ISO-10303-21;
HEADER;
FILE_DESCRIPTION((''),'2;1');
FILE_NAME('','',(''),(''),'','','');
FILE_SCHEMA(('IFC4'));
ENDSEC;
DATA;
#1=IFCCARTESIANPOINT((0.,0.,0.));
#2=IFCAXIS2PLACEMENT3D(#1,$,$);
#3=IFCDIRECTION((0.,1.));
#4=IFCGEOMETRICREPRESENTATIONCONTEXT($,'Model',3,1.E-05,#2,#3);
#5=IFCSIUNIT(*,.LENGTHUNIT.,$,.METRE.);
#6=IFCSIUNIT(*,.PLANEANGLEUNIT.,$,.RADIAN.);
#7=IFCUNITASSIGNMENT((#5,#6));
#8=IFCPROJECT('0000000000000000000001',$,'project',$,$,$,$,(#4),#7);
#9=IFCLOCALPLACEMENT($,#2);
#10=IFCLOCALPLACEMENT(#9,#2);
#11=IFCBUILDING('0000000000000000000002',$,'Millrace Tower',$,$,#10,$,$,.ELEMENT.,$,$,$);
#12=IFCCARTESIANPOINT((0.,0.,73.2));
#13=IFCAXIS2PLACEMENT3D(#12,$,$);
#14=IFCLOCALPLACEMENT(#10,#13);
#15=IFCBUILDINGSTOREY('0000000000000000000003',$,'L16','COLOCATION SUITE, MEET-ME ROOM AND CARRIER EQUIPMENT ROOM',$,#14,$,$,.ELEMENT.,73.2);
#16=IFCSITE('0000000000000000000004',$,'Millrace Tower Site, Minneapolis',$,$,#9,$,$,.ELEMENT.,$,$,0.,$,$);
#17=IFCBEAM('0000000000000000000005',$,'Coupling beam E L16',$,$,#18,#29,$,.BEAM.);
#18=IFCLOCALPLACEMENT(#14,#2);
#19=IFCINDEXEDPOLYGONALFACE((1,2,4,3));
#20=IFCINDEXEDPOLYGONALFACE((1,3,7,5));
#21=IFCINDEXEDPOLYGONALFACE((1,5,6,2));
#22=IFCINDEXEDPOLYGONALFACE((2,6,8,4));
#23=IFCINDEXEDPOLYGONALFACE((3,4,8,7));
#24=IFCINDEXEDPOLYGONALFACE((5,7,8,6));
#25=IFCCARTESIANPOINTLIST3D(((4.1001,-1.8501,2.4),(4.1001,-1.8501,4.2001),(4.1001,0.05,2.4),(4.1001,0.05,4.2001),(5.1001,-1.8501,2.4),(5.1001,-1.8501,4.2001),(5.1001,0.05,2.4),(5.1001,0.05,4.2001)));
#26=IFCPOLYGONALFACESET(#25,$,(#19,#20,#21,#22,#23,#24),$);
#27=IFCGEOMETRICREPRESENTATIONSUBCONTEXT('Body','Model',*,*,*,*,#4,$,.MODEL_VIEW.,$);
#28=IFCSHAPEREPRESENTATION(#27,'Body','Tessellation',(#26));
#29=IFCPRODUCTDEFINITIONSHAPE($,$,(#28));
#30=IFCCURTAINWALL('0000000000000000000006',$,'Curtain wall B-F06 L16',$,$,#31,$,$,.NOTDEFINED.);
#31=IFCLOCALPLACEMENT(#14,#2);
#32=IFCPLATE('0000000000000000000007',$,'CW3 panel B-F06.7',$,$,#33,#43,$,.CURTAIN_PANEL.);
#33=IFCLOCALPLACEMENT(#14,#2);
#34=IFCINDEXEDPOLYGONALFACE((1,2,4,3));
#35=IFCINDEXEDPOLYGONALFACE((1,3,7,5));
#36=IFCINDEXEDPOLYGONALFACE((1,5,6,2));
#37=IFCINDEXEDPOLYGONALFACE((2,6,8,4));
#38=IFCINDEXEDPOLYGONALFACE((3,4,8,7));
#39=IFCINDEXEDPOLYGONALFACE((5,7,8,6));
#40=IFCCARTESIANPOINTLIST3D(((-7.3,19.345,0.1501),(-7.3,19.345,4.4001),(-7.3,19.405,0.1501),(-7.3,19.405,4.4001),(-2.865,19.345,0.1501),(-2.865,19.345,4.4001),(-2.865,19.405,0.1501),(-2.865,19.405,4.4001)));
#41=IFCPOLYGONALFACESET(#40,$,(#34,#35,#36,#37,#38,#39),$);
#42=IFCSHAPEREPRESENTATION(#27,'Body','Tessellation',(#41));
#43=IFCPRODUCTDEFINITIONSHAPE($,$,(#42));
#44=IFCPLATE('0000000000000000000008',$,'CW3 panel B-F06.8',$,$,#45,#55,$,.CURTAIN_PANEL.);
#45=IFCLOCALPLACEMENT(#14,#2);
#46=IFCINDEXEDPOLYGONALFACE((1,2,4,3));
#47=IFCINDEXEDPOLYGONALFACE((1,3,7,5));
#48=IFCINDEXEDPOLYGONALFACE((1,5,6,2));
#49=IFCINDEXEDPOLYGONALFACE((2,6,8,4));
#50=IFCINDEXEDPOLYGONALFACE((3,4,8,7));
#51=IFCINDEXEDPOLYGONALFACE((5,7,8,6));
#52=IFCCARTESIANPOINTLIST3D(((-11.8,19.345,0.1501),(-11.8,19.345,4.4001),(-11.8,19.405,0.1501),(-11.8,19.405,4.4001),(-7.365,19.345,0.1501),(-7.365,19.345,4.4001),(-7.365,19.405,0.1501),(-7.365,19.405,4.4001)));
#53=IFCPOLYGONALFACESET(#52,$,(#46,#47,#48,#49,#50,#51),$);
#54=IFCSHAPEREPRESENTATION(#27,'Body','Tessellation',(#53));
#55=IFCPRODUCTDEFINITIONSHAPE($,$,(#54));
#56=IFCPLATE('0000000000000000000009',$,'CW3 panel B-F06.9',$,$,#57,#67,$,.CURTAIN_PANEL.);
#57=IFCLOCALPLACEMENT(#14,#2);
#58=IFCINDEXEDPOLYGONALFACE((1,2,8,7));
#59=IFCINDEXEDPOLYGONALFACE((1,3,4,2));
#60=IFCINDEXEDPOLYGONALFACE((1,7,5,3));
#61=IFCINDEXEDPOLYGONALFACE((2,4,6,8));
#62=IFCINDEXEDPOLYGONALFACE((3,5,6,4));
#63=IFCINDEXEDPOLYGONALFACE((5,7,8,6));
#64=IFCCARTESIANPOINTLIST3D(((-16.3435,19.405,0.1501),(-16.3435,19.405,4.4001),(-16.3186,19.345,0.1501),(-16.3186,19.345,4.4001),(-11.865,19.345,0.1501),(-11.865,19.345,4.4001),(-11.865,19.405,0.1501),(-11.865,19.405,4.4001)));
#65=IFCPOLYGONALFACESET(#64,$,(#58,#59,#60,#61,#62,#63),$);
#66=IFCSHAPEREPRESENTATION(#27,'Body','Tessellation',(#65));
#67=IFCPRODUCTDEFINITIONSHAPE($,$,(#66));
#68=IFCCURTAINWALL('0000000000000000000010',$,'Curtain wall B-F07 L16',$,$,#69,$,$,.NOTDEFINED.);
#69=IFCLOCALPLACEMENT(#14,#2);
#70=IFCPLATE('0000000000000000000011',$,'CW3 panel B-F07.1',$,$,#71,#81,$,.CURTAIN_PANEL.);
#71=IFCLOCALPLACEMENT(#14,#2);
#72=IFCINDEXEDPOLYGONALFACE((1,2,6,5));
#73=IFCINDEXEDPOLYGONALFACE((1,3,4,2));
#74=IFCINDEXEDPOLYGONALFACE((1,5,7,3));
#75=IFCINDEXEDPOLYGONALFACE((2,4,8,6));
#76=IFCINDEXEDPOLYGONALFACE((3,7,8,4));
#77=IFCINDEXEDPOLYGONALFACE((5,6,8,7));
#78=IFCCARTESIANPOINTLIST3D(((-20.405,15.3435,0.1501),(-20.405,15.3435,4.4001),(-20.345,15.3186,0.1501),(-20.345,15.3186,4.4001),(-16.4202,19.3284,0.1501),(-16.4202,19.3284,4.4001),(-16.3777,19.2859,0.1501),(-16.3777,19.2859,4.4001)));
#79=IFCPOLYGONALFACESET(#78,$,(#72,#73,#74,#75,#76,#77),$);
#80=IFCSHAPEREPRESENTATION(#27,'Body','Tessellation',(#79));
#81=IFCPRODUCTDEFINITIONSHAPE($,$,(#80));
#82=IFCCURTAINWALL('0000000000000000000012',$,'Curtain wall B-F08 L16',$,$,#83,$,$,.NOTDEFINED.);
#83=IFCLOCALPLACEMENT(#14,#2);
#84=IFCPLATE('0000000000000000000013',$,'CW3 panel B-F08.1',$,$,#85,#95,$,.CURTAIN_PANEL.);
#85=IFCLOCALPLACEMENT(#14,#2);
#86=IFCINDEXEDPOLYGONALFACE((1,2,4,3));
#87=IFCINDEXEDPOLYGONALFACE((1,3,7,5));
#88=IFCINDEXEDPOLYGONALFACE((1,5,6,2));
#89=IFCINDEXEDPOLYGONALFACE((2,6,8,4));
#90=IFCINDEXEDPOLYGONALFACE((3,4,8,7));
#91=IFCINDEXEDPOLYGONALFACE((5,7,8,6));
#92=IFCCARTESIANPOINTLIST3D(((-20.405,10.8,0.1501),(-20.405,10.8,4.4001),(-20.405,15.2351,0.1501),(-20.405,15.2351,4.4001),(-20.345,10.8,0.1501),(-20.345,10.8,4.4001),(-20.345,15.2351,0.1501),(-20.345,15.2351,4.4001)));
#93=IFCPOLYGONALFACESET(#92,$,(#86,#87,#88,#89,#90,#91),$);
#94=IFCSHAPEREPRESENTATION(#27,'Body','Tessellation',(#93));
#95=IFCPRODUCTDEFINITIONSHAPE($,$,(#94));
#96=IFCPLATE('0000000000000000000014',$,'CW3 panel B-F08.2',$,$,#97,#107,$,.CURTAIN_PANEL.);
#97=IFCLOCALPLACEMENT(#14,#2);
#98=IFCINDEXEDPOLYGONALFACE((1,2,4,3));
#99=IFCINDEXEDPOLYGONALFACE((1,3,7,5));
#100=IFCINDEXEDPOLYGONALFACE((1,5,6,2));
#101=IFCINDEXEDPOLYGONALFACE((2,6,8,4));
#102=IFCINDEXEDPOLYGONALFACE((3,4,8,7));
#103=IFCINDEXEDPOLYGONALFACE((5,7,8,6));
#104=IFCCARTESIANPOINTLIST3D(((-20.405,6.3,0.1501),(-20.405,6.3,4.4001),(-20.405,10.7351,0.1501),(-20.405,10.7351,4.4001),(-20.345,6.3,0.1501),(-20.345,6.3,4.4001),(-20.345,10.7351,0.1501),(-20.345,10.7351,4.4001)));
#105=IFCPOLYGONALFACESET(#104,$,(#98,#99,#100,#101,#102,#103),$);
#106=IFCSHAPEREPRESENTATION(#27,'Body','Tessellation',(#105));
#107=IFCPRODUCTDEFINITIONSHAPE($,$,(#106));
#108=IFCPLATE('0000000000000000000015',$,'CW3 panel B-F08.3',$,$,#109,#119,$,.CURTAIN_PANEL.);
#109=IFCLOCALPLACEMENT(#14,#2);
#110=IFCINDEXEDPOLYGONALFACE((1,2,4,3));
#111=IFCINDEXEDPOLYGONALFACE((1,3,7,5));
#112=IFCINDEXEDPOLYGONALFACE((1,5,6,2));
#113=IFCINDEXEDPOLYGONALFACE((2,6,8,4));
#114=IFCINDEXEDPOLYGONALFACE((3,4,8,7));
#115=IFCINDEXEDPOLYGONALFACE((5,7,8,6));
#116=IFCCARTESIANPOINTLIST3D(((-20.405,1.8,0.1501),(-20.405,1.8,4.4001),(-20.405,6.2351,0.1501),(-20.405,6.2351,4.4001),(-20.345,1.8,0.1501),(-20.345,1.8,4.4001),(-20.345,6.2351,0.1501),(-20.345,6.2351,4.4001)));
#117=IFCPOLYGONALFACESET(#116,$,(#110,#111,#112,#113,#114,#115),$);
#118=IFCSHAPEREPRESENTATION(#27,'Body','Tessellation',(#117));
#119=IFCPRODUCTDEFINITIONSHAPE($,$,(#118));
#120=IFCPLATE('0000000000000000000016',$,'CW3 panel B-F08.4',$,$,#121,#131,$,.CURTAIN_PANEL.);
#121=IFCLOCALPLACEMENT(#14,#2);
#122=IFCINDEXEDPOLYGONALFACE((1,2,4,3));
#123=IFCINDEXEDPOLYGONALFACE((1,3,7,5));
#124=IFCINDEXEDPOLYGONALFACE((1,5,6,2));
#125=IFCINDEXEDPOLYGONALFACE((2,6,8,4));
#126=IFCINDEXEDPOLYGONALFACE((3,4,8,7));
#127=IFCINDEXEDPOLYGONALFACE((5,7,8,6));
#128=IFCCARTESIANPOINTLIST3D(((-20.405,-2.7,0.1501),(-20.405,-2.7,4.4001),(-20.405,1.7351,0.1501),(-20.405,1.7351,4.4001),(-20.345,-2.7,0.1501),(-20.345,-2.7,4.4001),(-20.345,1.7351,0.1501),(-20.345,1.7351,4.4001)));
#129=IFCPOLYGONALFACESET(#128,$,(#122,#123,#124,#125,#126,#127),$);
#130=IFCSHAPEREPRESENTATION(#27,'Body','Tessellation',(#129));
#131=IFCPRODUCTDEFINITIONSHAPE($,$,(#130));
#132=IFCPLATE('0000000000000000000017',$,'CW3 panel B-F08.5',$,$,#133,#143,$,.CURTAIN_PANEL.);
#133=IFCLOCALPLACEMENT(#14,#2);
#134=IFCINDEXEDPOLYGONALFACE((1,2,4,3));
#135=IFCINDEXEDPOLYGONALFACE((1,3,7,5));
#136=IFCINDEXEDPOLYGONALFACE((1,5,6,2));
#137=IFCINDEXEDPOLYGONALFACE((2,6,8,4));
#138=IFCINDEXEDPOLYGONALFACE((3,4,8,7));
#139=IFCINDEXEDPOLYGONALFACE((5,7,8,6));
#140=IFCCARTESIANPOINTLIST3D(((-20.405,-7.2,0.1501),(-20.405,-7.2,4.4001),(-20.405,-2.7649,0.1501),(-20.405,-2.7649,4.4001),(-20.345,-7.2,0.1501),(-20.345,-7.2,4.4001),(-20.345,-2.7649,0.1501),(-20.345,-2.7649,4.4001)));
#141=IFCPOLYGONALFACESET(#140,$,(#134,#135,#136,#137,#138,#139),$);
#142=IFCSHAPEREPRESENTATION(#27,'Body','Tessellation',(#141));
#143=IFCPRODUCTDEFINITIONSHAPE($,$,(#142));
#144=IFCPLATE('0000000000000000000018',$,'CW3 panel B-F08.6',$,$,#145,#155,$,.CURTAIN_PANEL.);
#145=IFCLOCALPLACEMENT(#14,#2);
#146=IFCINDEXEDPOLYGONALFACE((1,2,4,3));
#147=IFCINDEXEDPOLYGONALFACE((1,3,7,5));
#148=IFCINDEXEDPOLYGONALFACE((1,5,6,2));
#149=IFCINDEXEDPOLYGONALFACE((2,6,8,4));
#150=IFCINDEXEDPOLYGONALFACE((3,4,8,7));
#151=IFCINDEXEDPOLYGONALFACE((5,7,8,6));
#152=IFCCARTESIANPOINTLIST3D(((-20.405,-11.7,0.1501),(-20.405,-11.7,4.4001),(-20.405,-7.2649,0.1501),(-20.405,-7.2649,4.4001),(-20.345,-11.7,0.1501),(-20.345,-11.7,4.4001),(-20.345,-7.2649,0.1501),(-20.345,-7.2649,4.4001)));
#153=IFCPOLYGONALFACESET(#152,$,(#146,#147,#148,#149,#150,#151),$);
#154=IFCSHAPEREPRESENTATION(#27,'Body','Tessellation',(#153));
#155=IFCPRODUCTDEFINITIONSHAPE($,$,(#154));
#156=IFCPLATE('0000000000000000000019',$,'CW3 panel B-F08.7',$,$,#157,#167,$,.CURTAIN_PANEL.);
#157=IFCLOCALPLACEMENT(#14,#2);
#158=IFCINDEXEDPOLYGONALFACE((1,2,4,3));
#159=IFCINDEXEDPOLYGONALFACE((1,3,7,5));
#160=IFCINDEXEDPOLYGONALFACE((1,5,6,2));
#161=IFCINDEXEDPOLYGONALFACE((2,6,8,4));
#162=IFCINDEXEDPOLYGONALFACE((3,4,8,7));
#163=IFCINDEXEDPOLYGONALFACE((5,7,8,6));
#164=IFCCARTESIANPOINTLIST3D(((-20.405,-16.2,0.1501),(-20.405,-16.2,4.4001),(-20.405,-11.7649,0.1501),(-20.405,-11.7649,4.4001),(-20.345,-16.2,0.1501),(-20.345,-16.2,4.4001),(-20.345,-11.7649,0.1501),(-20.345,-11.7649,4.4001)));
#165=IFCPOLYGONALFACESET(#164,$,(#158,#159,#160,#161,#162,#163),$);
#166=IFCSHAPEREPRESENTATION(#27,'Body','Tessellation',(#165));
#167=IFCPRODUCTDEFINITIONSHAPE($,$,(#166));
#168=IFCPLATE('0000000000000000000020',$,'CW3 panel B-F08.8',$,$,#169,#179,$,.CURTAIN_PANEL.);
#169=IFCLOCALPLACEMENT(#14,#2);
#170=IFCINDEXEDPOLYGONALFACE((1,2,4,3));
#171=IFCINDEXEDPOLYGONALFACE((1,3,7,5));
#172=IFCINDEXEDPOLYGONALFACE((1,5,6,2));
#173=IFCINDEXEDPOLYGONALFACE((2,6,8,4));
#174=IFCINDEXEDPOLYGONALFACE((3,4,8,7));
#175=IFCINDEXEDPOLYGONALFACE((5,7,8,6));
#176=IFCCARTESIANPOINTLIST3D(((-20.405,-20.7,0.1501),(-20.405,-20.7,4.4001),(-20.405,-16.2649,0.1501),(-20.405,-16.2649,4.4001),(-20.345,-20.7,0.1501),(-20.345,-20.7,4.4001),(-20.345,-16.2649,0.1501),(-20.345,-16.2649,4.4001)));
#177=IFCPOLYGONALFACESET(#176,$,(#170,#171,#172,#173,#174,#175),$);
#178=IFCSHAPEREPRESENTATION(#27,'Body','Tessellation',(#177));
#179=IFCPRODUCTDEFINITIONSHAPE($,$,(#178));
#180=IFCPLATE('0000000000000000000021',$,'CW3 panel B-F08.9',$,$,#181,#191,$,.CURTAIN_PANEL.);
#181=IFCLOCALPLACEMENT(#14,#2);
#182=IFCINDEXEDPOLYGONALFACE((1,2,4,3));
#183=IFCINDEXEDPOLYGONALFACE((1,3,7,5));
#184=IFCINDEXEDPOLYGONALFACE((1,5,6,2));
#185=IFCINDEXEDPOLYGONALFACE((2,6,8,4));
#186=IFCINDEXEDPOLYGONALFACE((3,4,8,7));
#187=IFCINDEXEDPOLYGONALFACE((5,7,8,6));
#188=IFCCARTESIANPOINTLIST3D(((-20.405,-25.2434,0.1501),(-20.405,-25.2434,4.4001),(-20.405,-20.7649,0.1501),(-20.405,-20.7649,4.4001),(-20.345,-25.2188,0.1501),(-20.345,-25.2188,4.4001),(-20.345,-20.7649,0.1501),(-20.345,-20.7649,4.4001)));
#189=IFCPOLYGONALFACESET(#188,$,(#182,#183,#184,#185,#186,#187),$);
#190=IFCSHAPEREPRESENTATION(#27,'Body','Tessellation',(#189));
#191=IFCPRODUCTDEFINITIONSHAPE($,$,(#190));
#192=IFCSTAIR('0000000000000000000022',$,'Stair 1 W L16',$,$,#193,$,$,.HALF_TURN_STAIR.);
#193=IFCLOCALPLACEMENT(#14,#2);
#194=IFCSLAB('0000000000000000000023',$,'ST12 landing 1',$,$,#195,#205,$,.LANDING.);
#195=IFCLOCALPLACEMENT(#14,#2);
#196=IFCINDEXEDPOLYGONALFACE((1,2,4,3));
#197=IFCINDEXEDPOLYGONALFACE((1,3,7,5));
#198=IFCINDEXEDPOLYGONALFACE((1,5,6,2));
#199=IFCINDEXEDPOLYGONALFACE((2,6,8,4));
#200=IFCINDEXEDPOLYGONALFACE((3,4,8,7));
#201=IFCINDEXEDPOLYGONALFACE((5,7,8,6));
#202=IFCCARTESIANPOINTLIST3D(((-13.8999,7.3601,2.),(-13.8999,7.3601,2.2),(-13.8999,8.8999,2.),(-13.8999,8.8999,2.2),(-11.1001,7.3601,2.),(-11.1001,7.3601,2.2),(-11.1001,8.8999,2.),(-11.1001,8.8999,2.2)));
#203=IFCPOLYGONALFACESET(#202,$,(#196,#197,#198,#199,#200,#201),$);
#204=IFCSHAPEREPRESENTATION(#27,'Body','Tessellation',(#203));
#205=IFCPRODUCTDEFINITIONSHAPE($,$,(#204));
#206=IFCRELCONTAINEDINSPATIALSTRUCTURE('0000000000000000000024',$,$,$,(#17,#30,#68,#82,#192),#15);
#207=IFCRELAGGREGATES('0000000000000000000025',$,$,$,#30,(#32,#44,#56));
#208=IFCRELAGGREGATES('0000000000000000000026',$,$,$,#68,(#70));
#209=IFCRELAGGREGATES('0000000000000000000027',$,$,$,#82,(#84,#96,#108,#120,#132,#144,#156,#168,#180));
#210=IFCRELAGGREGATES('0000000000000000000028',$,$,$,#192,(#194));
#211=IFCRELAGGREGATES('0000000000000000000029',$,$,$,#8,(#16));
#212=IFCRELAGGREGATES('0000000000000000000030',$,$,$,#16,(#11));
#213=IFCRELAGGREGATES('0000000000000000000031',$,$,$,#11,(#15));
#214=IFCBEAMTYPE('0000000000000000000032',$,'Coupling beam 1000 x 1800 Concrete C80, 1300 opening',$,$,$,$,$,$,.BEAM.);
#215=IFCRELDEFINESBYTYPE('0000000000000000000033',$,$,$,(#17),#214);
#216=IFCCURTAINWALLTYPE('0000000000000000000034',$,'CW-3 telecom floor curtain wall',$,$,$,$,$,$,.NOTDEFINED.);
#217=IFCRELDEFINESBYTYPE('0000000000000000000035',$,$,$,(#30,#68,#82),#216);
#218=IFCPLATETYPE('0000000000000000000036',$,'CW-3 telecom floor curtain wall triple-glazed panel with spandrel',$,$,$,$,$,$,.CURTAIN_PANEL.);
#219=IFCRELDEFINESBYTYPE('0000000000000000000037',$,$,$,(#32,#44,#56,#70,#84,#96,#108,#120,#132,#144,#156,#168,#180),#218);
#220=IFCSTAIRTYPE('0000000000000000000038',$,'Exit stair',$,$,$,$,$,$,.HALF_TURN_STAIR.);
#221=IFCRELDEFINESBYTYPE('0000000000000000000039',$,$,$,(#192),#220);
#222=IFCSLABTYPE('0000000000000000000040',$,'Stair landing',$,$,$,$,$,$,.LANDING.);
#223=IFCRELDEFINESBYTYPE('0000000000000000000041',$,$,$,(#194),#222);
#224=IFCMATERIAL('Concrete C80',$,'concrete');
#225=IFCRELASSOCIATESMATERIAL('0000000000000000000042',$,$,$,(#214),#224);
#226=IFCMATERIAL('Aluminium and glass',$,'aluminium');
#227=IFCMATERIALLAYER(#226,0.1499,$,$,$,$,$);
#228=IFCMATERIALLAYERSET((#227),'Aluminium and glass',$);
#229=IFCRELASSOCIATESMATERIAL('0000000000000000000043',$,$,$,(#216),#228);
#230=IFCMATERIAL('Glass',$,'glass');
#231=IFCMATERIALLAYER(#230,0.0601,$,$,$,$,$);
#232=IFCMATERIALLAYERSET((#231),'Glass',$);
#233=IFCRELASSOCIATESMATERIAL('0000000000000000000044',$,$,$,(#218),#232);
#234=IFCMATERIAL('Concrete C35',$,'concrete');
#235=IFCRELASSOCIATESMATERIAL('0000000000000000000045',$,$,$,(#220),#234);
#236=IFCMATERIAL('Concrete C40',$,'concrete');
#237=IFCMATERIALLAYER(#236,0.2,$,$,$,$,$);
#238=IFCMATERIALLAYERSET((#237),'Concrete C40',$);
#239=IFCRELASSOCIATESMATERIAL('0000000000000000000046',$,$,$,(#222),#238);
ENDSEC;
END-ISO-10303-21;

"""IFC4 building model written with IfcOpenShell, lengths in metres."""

from ifc_helpers import new_model, si_unit, direction, frame, origin, origin_2d, place, context, subcontext, project, spatial, polyline, rectangle, outline, extrude, material, layer, layer_set, material_profile, profile_set, type_object, element, aggregate, save


model = new_model("IFC4")

# Units and contexts
model_context = context("Model", 3, precision=1e-05, world=origin(), true_north=direction((0.0, 1.0)))
body_context = subcontext(model_context, "Body", "Model", "MODEL_VIEW")
ifc_project = project(units=[si_unit("LENGTHUNIT", "METRE"), si_unit("PLANEANGLEUNIT", "RADIAN")], contexts=[model_context])

# Site, building, storey
site_placement = place(None, origin())
site = spatial("IfcSite", under=ifc_project, at=site_placement, Name="Millrace Tower Site, Minneapolis", CompositionType="ELEMENT", RefElevation=0.0)
building_placement = place(site_placement, origin())
building = spatial("IfcBuilding", under=site, at=building_placement, Name="Millrace Tower", CompositionType="ELEMENT")
storey_placement = place(building_placement, frame((0.0, 0.0, 73.2)))
storey = spatial("IfcBuildingStorey", under=building, at=storey_placement, Name="L16", Description="COLOCATION SUITE, MEET-ME ROOM AND CARRIER EQUIPMENT ROOM", CompositionType="ELEMENT", Elevation=73.2)

# Beam
ifc_material_1 = material(Name="Concrete C80", Category="concrete")
ifc_material_profile = material_profile(ifc_material_1, rectangle(XDim=1.0, YDim=1.8, at=origin_2d()))
ifc_profile_set = profile_set([ifc_material_profile], Name="Concrete C80")
beam_type = type_object("IfcBeamType", Name="Coupling beam 1000 x 1800 Concrete C80, 1300 opening", PredefinedType="BEAM", material=ifc_profile_set)
beam_placement = place(storey_placement, frame((4.6001, 0.05, 3.3), z_axis=(0.0, -1.0, 0.0), x_axis=(1.0, 0.0, 0.0)))
element("IfcBeam", 1, at=beam_placement, inside=storey, type_object=beam_type, Name="Coupling beam E L16", PredefinedType="BEAM", context=body_context, shape_type="SweptSolid", body=[
    extrude(rectangle(XDim=1.0, YDim=1.8, at=origin_2d()), origin(), (0.0, 0.0, 1.0), 1.9001),
])

# Curtain wall, plates
ifc_material_2 = material(Name="Aluminium and glass", Category="aluminium")
ifc_layer_1 = layer(ifc_material_2, 0.1499)
ifc_layer_set_1 = layer_set([ifc_layer_1], Name="Aluminium and glass")
curtain_wall_type = type_object("IfcCurtainWallType", Name="CW-3 telecom floor curtain wall", PredefinedType="NOTDEFINED", material=ifc_layer_set_1)
placement_1 = place(storey_placement, origin())
curtain_wall_1 = element("IfcCurtainWall", 2, at=placement_1, inside=storey, type_object=curtain_wall_type, Name="Curtain wall B-F06 L16", PredefinedType="NOTDEFINED")
ifc_material_3 = material(Name="Glass", Category="glass")
ifc_layer_2 = layer(ifc_material_3, 0.0601)
ifc_layer_set_2 = layer_set([ifc_layer_2], Name="Glass")
plate_type = type_object("IfcPlateType", Name="CW-3 telecom floor curtain wall triple-glazed panel with spandrel", PredefinedType="CURTAIN_PANEL", material=ifc_layer_set_2)
placement_2 = place(storey_placement, frame((0.0, 0.0, 0.1501)))
plate_1 = element("IfcPlate", 3, at=placement_2, type_object=plate_type, Name="CW3 panel B-F06.7", PredefinedType="CURTAIN_PANEL", context=body_context, shape_type="SweptSolid", body=[
    extrude(outline(polyline([(-2.865, 19.405), (-7.3, 19.405), (-7.3, 19.345), (-2.865, 19.345), (-2.865, 19.405)])), origin(), (0.0, 0.0, 1.0), 4.25),
])
plate_2 = element("IfcPlate", 4, at=placement_2, type_object=plate_type, Name="CW3 panel B-F06.8", PredefinedType="CURTAIN_PANEL", context=body_context, shape_type="SweptSolid", body=[
    extrude(outline(polyline([(-7.365, 19.405), (-11.8, 19.405), (-11.8, 19.345), (-7.365, 19.345), (-7.365, 19.405)])), origin(), (0.0, 0.0, 1.0), 4.25),
])
plate_3 = element("IfcPlate", 5, at=placement_2, type_object=plate_type, Name="CW3 panel B-F06.9", PredefinedType="CURTAIN_PANEL", context=body_context, shape_type="SweptSolid", body=[
    extrude(outline(polyline([(-11.865, 19.405), (-16.3435, 19.405), (-16.3186, 19.345), (-11.865, 19.345), (-11.865, 19.405)])), origin(), (0.0, 0.0, 1.0), 4.25),
])
aggregate(curtain_wall_1, [plate_1, plate_2, plate_3])

# Curtain wall, plate
curtain_wall_2 = element("IfcCurtainWall", 6, at=placement_1, inside=storey, type_object=curtain_wall_type, Name="Curtain wall B-F07 L16", PredefinedType="NOTDEFINED")
plate_4 = element("IfcPlate", 7, at=placement_2, type_object=plate_type, Name="CW3 panel B-F07.1", PredefinedType="CURTAIN_PANEL", context=body_context, shape_type="SweptSolid", body=[
    extrude(outline(polyline([(-16.4202, 19.3284), (-20.405, 15.3435), (-20.345, 15.3186), (-16.3777, 19.2859), (-16.4202, 19.3284)])), origin(), (0.0, 0.0, 1.0), 4.25),
])
aggregate(curtain_wall_2, [plate_4])

# Curtain wall, plates
curtain_wall_3 = element("IfcCurtainWall", 8, at=placement_1, inside=storey, type_object=curtain_wall_type, Name="Curtain wall B-F08 L16", PredefinedType="NOTDEFINED")
plate_5 = element("IfcPlate", 9, at=placement_2, type_object=plate_type, Name="CW3 panel B-F08.1", PredefinedType="CURTAIN_PANEL", context=body_context, shape_type="SweptSolid", body=[
    extrude(outline(polyline([(-20.405, 15.2351), (-20.405, 10.8), (-20.345, 10.8), (-20.345, 15.2351), (-20.405, 15.2351)])), origin(), (0.0, 0.0, 1.0), 4.25),
])
plate_6 = element("IfcPlate", 10, at=placement_2, type_object=plate_type, Name="CW3 panel B-F08.2", PredefinedType="CURTAIN_PANEL", context=body_context, shape_type="SweptSolid", body=[
    extrude(outline(polyline([(-20.405, 10.7351), (-20.405, 6.3), (-20.345, 6.3), (-20.345, 10.7351), (-20.405, 10.7351)])), origin(), (0.0, 0.0, 1.0), 4.25),
])
plate_7 = element("IfcPlate", 11, at=placement_2, type_object=plate_type, Name="CW3 panel B-F08.3", PredefinedType="CURTAIN_PANEL", context=body_context, shape_type="SweptSolid", body=[
    extrude(outline(polyline([(-20.405, 6.2351), (-20.405, 1.8), (-20.345, 1.8), (-20.345, 6.2351), (-20.405, 6.2351)])), origin(), (0.0, 0.0, 1.0), 4.25),
])
plate_8 = element("IfcPlate", 12, at=placement_2, type_object=plate_type, Name="CW3 panel B-F08.4", PredefinedType="CURTAIN_PANEL", context=body_context, shape_type="SweptSolid", body=[
    extrude(outline(polyline([(-20.405, 1.7351), (-20.405, -2.7), (-20.345, -2.7), (-20.345, 1.7351), (-20.405, 1.7351)])), origin(), (0.0, 0.0, 1.0), 4.25),
])
plate_9 = element("IfcPlate", 13, at=placement_2, type_object=plate_type, Name="CW3 panel B-F08.5", PredefinedType="CURTAIN_PANEL", context=body_context, shape_type="SweptSolid", body=[
    extrude(outline(polyline([(-20.405, -2.7649), (-20.405, -7.2), (-20.345, -7.2), (-20.345, -2.7649), (-20.405, -2.7649)])), origin(), (0.0, 0.0, 1.0), 4.25),
])
plate_10 = element("IfcPlate", 14, at=placement_2, type_object=plate_type, Name="CW3 panel B-F08.6", PredefinedType="CURTAIN_PANEL", context=body_context, shape_type="SweptSolid", body=[
    extrude(outline(polyline([(-20.405, -7.2649), (-20.405, -11.7), (-20.345, -11.7), (-20.345, -7.2649), (-20.405, -7.2649)])), origin(), (0.0, 0.0, 1.0), 4.25),
])
plate_11 = element("IfcPlate", 15, at=placement_2, type_object=plate_type, Name="CW3 panel B-F08.7", PredefinedType="CURTAIN_PANEL", context=body_context, shape_type="SweptSolid", body=[
    extrude(outline(polyline([(-20.405, -11.7649), (-20.405, -16.2), (-20.345, -16.2), (-20.345, -11.7649), (-20.405, -11.7649)])), origin(), (0.0, 0.0, 1.0), 4.25),
])
plate_12 = element("IfcPlate", 16, at=placement_2, type_object=plate_type, Name="CW3 panel B-F08.8", PredefinedType="CURTAIN_PANEL", context=body_context, shape_type="SweptSolid", body=[
    extrude(outline(polyline([(-20.405, -16.2649), (-20.405, -20.7), (-20.345, -20.7), (-20.345, -16.2649), (-20.405, -16.2649)])), origin(), (0.0, 0.0, 1.0), 4.25),
])
plate_13 = element("IfcPlate", 17, at=placement_2, type_object=plate_type, Name="CW3 panel B-F08.9", PredefinedType="CURTAIN_PANEL", context=body_context, shape_type="SweptSolid", body=[
    extrude(outline(polyline([(-20.405, -20.7649), (-20.405, -25.2434), (-20.345, -25.2188), (-20.345, -20.7649), (-20.405, -20.7649)])), origin(), (0.0, 0.0, 1.0), 4.25),
])
aggregate(curtain_wall_3, [plate_5, plate_6, plate_7, plate_8, plate_9, plate_10, plate_11, plate_12, plate_13])

# Stair, slab
ifc_material_4 = material(Name="Concrete C35", Category="concrete")
stair_type = type_object("IfcStairType", Name="Exit stair", PredefinedType="HALF_TURN_STAIR", material=ifc_material_4)
stair_1 = element("IfcStair", 18, at=placement_1, inside=storey, type_object=stair_type, Name="Stair 1 W L16", PredefinedType="HALF_TURN_STAIR")
ifc_material_5 = material(Name="Concrete C40", Category="concrete")
ifc_layer_3 = layer(ifc_material_5, 0.2)
ifc_layer_set_3 = layer_set([ifc_layer_3], Name="Concrete C40")
slab_type = type_object("IfcSlabType", Name="Stair landing", PredefinedType="LANDING", material=ifc_layer_set_3)
placement_3 = place(storey_placement, frame((0.0, 0.0, 2.0)))
slab_1 = element("IfcSlab", 19, at=placement_3, type_object=slab_type, Name="ST12 landing 1", PredefinedType="LANDING", context=body_context, shape_type="SweptSolid", body=[
    extrude(outline(polyline([(-13.8999, 7.3601), (-11.1001, 7.3601), (-11.1001, 8.8999), (-13.8999, 8.8999), (-13.8999, 7.3601)])), origin(), (0.0, 0.0, 1.0), 0.2),
])
aggregate(stair_1, [slab_1])

save(model, "model.ifc")
